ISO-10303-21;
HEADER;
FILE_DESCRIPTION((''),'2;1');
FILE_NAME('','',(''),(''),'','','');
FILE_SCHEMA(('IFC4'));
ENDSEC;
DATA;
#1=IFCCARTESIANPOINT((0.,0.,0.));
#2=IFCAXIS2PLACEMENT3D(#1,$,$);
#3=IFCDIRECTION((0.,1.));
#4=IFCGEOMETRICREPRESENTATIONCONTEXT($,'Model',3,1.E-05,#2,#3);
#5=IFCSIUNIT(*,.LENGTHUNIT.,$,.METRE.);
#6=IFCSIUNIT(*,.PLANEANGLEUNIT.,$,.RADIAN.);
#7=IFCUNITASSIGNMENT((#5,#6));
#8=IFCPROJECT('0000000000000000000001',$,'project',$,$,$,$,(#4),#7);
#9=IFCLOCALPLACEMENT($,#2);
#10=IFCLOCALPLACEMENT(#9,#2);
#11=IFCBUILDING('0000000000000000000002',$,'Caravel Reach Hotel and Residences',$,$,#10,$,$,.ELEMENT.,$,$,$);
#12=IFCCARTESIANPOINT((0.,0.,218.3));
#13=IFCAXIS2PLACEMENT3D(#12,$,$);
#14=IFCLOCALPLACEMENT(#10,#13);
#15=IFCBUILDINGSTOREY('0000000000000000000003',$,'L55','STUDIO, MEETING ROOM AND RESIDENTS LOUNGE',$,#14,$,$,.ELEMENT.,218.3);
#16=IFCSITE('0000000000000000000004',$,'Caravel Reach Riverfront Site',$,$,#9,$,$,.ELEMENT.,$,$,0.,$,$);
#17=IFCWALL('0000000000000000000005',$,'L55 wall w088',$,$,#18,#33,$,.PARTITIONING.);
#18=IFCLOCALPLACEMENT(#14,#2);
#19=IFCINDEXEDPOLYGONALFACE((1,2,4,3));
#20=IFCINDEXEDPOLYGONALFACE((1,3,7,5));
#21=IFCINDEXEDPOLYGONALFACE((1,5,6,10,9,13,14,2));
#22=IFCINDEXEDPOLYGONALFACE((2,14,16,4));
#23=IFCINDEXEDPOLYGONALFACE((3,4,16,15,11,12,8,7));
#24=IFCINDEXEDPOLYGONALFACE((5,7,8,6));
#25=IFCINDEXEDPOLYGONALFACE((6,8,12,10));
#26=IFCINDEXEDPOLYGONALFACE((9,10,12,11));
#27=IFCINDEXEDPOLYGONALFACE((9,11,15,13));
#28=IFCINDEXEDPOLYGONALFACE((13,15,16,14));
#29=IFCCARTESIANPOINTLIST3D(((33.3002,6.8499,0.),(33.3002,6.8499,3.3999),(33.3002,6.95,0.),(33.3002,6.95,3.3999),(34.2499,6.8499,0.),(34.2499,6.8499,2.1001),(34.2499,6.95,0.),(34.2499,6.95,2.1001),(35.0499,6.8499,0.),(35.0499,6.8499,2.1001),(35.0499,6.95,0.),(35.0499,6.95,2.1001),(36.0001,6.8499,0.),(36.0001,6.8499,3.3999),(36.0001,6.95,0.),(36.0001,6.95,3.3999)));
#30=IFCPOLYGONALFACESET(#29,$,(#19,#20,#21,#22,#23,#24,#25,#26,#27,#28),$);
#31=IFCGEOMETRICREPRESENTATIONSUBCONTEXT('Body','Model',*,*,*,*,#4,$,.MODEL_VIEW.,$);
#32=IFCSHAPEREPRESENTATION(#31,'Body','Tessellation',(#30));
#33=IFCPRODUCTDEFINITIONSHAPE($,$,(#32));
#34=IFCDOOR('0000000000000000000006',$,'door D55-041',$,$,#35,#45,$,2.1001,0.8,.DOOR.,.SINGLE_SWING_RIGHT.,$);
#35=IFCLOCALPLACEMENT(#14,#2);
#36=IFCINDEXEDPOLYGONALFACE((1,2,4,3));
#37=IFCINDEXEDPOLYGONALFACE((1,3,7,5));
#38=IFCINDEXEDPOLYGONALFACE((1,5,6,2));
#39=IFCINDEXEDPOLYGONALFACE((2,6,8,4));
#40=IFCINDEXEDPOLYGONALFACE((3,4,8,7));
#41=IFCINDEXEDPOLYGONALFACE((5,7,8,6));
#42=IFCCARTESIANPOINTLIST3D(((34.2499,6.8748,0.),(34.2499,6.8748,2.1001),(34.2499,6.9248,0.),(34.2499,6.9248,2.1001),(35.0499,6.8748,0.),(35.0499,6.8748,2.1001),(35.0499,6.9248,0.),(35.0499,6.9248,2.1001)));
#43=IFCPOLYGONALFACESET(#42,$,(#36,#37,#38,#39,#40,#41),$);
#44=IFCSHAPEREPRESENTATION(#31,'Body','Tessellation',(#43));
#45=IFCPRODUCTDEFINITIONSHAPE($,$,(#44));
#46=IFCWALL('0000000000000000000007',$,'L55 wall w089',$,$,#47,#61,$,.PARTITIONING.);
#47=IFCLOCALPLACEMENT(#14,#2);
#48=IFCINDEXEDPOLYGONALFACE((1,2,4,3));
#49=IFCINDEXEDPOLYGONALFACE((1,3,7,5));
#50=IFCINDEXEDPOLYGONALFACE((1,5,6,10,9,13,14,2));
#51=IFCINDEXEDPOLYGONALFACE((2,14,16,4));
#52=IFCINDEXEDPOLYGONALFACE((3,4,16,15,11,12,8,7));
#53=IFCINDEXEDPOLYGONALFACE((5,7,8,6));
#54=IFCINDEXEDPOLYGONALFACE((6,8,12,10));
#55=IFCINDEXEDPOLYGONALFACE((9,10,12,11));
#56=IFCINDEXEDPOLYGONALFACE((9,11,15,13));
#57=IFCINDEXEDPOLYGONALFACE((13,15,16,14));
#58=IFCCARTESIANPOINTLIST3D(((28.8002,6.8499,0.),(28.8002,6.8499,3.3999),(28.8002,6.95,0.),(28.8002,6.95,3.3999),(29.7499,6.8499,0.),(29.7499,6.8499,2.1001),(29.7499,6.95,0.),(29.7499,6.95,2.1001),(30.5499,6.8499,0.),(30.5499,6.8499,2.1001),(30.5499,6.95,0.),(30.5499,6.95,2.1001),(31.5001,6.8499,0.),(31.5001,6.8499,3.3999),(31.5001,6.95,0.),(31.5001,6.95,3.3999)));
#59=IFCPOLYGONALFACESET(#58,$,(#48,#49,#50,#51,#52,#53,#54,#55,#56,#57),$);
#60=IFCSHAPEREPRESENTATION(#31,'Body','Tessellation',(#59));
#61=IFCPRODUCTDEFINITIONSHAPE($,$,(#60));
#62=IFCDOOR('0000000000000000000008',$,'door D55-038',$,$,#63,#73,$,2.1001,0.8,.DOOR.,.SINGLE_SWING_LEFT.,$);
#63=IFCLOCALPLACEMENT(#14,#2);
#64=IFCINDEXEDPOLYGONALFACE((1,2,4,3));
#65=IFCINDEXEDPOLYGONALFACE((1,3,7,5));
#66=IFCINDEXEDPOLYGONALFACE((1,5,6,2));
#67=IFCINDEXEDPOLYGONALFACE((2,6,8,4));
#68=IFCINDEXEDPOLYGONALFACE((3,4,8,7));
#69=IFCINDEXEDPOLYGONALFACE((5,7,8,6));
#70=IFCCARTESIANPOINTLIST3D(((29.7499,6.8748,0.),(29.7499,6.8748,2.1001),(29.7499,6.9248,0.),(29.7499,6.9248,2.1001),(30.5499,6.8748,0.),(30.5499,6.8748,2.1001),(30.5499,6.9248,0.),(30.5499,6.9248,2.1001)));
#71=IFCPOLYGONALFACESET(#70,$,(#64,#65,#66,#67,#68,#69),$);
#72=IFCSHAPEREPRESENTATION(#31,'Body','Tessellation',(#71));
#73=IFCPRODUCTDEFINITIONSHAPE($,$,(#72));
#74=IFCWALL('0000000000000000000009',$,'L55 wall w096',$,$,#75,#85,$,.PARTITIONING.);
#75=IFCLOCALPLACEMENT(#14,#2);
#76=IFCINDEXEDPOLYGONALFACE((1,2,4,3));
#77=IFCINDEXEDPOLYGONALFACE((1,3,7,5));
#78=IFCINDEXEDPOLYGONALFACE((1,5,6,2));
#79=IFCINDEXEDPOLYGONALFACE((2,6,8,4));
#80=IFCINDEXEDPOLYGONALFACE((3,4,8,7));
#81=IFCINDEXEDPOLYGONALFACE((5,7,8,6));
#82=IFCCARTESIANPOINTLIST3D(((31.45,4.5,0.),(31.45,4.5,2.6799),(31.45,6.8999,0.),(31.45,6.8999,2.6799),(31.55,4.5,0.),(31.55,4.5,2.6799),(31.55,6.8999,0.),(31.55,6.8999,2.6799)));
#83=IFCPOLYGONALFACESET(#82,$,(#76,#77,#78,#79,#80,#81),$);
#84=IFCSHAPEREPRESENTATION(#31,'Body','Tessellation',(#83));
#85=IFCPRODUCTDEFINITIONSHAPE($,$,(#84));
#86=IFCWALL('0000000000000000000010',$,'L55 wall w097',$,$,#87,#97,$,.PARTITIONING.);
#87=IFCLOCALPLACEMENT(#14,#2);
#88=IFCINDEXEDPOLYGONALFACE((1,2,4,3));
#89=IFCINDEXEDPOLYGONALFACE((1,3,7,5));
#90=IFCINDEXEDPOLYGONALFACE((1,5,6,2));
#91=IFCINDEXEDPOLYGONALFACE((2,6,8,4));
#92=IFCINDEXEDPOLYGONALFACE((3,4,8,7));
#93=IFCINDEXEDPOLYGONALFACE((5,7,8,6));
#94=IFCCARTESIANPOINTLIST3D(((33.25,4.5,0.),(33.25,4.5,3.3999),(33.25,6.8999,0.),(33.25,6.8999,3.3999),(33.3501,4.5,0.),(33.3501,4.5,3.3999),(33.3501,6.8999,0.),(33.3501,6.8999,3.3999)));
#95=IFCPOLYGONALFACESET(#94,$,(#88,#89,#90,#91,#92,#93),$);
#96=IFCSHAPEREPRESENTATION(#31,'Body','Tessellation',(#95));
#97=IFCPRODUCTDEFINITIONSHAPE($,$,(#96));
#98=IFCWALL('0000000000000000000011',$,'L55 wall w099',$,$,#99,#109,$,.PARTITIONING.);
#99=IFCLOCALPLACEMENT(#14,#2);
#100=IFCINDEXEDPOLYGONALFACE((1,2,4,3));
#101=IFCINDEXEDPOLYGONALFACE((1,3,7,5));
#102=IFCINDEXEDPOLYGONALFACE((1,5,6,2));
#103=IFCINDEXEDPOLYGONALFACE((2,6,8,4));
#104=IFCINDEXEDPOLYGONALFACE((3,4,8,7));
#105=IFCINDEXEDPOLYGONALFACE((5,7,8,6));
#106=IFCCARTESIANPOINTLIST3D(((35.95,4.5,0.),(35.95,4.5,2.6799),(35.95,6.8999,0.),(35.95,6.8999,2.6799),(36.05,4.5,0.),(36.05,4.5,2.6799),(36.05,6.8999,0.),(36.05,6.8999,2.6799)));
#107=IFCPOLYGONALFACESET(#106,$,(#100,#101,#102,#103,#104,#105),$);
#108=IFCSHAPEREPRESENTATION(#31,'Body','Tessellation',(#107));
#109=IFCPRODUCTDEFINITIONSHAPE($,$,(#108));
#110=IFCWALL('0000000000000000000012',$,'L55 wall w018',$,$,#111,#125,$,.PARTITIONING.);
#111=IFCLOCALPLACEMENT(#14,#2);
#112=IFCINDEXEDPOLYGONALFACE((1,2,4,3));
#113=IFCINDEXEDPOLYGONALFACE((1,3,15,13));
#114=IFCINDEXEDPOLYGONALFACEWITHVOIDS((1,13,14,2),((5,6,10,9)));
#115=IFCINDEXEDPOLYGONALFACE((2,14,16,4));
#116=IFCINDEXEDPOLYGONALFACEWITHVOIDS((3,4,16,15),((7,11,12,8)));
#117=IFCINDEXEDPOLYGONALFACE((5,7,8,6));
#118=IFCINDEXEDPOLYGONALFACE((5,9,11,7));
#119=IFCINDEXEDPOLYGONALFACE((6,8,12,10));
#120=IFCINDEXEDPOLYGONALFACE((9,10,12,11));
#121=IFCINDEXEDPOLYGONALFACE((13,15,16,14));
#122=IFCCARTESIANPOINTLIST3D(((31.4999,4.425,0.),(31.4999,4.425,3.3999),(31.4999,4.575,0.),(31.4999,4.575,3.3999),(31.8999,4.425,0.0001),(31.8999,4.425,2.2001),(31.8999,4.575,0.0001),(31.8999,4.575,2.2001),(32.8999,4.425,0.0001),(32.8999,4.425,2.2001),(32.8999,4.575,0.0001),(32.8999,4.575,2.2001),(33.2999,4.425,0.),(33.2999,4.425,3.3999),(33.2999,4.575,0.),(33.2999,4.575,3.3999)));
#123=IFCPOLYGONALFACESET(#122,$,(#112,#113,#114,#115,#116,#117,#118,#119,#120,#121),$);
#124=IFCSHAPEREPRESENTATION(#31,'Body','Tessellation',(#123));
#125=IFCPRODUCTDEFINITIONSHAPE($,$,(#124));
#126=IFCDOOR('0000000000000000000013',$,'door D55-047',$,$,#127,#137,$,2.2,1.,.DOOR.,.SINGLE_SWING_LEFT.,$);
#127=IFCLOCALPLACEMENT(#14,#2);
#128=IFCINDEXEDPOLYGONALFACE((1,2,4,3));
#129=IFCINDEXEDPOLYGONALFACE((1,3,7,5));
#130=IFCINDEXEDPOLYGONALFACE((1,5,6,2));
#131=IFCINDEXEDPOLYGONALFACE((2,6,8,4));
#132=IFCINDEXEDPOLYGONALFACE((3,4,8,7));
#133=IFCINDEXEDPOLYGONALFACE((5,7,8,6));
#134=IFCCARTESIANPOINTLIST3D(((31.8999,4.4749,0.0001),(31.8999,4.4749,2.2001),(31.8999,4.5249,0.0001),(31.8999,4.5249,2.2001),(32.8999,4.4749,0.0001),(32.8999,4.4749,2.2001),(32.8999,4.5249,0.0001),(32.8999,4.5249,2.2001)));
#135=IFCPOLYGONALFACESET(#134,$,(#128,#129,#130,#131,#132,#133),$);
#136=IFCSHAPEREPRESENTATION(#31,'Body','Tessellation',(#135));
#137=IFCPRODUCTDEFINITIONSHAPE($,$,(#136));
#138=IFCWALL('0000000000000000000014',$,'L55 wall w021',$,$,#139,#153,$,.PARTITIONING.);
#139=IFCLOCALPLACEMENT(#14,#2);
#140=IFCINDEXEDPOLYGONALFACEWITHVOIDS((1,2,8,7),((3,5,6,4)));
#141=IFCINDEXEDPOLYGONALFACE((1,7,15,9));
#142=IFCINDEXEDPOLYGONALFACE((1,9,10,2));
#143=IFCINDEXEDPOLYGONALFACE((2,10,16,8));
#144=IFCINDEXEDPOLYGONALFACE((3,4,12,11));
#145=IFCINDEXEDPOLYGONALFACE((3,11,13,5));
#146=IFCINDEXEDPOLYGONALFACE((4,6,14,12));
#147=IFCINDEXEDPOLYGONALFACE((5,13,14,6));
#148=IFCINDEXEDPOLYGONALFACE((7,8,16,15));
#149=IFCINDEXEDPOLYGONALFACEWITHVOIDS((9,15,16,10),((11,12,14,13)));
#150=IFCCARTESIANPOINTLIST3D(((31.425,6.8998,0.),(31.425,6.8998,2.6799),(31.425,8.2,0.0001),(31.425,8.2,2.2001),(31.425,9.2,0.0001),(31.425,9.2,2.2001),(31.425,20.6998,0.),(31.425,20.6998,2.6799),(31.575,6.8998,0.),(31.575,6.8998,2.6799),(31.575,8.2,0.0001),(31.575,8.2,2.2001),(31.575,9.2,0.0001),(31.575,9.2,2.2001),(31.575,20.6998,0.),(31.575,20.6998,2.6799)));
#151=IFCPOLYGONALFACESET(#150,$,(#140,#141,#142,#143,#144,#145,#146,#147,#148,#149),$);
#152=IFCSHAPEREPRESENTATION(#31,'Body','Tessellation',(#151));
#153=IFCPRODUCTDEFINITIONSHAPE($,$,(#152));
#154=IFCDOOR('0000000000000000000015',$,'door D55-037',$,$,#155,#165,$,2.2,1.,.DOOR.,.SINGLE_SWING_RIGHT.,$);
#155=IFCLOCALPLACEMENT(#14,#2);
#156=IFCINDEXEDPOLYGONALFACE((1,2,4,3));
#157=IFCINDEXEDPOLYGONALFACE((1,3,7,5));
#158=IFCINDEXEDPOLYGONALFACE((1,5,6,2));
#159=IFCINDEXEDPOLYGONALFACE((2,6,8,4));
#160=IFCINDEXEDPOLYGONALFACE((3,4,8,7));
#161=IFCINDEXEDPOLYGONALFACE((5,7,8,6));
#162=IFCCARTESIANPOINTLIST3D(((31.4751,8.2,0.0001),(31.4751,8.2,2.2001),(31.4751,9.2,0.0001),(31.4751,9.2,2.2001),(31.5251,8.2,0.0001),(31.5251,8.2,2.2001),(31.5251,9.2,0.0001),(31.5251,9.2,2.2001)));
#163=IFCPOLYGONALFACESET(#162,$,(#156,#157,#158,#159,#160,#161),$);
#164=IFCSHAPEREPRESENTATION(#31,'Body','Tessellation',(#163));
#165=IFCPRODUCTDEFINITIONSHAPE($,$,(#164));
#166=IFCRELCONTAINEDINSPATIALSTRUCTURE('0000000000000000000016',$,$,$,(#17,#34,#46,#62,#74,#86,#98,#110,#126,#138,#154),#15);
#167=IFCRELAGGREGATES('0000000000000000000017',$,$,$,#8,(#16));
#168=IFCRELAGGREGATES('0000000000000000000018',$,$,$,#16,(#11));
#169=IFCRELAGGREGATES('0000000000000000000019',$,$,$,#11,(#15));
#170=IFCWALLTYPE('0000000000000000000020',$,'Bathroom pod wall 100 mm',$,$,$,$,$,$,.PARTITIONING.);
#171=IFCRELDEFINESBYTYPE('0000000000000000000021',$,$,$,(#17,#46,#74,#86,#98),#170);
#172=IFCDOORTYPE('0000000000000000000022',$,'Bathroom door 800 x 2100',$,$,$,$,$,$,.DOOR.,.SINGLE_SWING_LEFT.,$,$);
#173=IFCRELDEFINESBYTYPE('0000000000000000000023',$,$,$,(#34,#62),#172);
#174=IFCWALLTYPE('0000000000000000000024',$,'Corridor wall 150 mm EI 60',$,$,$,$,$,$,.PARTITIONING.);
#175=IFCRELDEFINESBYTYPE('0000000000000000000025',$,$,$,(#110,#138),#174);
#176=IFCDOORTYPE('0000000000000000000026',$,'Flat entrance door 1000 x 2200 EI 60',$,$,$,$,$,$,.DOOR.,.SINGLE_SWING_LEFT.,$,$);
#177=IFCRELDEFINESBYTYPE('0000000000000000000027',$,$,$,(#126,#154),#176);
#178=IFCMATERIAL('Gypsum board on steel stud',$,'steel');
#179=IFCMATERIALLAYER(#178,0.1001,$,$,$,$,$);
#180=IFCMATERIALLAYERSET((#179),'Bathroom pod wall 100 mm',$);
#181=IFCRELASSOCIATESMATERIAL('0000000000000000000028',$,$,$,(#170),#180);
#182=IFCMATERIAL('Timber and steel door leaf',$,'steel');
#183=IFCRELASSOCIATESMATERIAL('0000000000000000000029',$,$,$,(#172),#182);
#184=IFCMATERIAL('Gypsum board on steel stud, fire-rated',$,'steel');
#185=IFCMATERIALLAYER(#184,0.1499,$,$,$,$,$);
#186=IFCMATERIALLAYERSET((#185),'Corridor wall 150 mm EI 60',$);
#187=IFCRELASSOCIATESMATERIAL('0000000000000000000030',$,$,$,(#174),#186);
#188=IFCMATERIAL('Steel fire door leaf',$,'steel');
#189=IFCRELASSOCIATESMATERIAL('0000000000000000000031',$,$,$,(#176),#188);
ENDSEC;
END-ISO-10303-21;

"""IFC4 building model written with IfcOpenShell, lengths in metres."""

from ifc_helpers import new_model, si_unit, direction, frame, frame_2d, origin, place, context, subcontext, project, spatial, rectangle, extrude, material, layer, layer_set, type_object, element, fill, save


model = new_model("IFC4")

# Units and contexts
model_context = context("Model", 3, precision=1e-05, world=origin(), true_north=direction((0.0, 1.0)))
body_context = subcontext(model_context, "Body", "Model", "MODEL_VIEW")
ifc_project = project(units=[si_unit("LENGTHUNIT", "METRE"), si_unit("PLANEANGLEUNIT", "RADIAN")], contexts=[model_context])

# Site, building, storey
site_placement = place(None, origin())
site = spatial("IfcSite", under=ifc_project, at=site_placement, Name="Caravel Reach Riverfront Site", CompositionType="ELEMENT", RefElevation=0.0)
building_placement = place(site_placement, origin())
building = spatial("IfcBuilding", under=site, at=building_placement, Name="Caravel Reach Hotel and Residences", CompositionType="ELEMENT")
storey_placement = place(building_placement, frame((0.0, 0.0, 218.3)))
storey = spatial("IfcBuildingStorey", under=building, at=storey_placement, Name="L55", Description="STUDIO, MEETING ROOM AND RESIDENTS LOUNGE", CompositionType="ELEMENT", Elevation=218.3)

# Shared definitions
ifc_material_1 = material(Name="Gypsum board on steel stud", Category="steel")
ifc_layer_1 = layer(ifc_material_1, 0.1001)
ifc_layer_set_1 = layer_set([ifc_layer_1], Name="Bathroom pod wall 100 mm")
wall_type_1 = type_object("IfcWallType", Name="Bathroom pod wall 100 mm", PredefinedType="PARTITIONING", material=ifc_layer_set_1)

# Walls, openings, doors
wall_1_placement = place(storey_placement, frame((33.3, 6.8999, 0.0), z_axis=(0.0, 0.0, 1.0), x_axis=(1.0, 0.0, 0.0)))
wall_1 = element("IfcWall", 1, at=wall_1_placement, inside=storey, type_object=wall_type_1, Name="L55 wall w088", PredefinedType="PARTITIONING", context=body_context, shape_type="SweptSolid", body=[
    extrude(rectangle(XDim=2.7, YDim=0.1001, at=frame_2d((1.3501, 0.0))), origin(), (0.0, 0.0, 1.0), 3.3999),
])
opening_1_placement = place(wall_1_placement, frame((0.95, 0.0, 0.0)))
opening_1 = element("IfcOpeningElement", 2, at=opening_1_placement, cuts=wall_1, PredefinedType="OPENING", context=body_context, shape_type="SweptSolid", body=[
    extrude(rectangle(XDim=0.8, YDim=2.1001, at=frame_2d((0.3999, 1.05))), frame((0.0, 0.0601, 0.0), z_axis=(0.0, -1.0, 0.0), x_axis=(1.0, 0.0, 0.0)), (0.0, 0.0, 1.0), 0.1201),
])
ifc_material_2 = material(Name="Timber and steel door leaf", Category="steel")
door_type_1 = type_object("IfcDoorType", Name="Bathroom door 800 x 2100", OperationType="SINGLE_SWING_LEFT", PredefinedType="DOOR", material=ifc_material_2)
door_1_placement = place(opening_1_placement, origin())
door_1 = element("IfcDoor", 3, at=door_1_placement, inside=storey, type_object=door_type_1, Name="door D55-041", OperationType="SINGLE_SWING_RIGHT", OverallHeight=2.1001, OverallWidth=0.8, PredefinedType="DOOR", context=body_context, shape_type="SweptSolid", body=[
    extrude(rectangle(XDim=0.8, YDim=2.1001, at=frame_2d((0.3999, 1.05))), frame((0.0, 0.0249, 0.0), z_axis=(0.0, -1.0, 0.0), x_axis=(1.0, 0.0, 0.0)), (0.0, 0.0, 1.0), 0.05),
])
fill(opening_1, door_1)
wall_2_placement = place(storey_placement, frame((28.8, 6.8999, 0.0), z_axis=(0.0, 0.0, 1.0), x_axis=(1.0, 0.0, 0.0)))
wall_2 = element("IfcWall", 4, at=wall_2_placement, inside=storey, type_object=wall_type_1, Name="L55 wall w089", PredefinedType="PARTITIONING", context=body_context, shape_type="SweptSolid", body=[
    extrude(rectangle(XDim=2.7, YDim=0.1001, at=frame_2d((1.3501, 0.0))), origin(), (0.0, 0.0, 1.0), 3.3999),
])
opening_2_placement = place(wall_2_placement, frame((0.95, 0.0, 0.0)))
opening_2 = element("IfcOpeningElement", 5, at=opening_2_placement, cuts=wall_2, PredefinedType="OPENING", context=body_context, shape_type="SweptSolid", body=[
    extrude(rectangle(XDim=0.8, YDim=2.1001, at=frame_2d((0.3999, 1.05))), frame((0.0, 0.0601, 0.0), z_axis=(0.0, -1.0, 0.0), x_axis=(1.0, 0.0, 0.0)), (0.0, 0.0, 1.0), 0.1201),
])
door_2_placement = place(opening_2_placement, origin())
door_2 = element("IfcDoor", 6, at=door_2_placement, inside=storey, type_object=door_type_1, Name="door D55-038", OperationType="SINGLE_SWING_LEFT", OverallHeight=2.1001, OverallWidth=0.8, PredefinedType="DOOR", context=body_context, shape_type="SweptSolid", body=[
    extrude(rectangle(XDim=0.8, YDim=2.1001, at=frame_2d((0.3999, 1.05))), frame((0.0, 0.0249, 0.0), z_axis=(0.0, -1.0, 0.0), x_axis=(1.0, 0.0, 0.0)), (0.0, 0.0, 1.0), 0.05),
])
fill(opening_2, door_2)

# Walls
wall_3_placement = place(storey_placement, frame((31.5, 4.5, 0.0), z_axis=(0.0, 0.0, 1.0), x_axis=(0.0, 1.0, 0.0)))
element("IfcWall", 7, at=wall_3_placement, inside=storey, type_object=wall_type_1, Name="L55 wall w096", PredefinedType="PARTITIONING", context=body_context, shape_type="SweptSolid", body=[
    extrude(rectangle(XDim=2.3999, YDim=0.1001, at=frame_2d((1.2, 0.0))), origin(), (0.0, 0.0, 1.0), 2.6799),
])
wall_4_placement = place(storey_placement, frame((33.3, 4.5, 0.0), z_axis=(0.0, 0.0, 1.0), x_axis=(0.0, 1.0, 0.0)))
element("IfcWall", 8, at=wall_4_placement, inside=storey, type_object=wall_type_1, Name="L55 wall w097", PredefinedType="PARTITIONING", context=body_context, shape_type="SweptSolid", body=[
    extrude(rectangle(XDim=2.3999, YDim=0.1001, at=frame_2d((1.2, 0.0))), origin(), (0.0, 0.0, 1.0), 3.3999),
])
wall_5_placement = place(storey_placement, frame((36.0, 4.5, 0.0), z_axis=(0.0, 0.0, 1.0), x_axis=(0.0, 1.0, 0.0)))
element("IfcWall", 9, at=wall_5_placement, inside=storey, type_object=wall_type_1, Name="L55 wall w099", PredefinedType="PARTITIONING", context=body_context, shape_type="SweptSolid", body=[
    extrude(rectangle(XDim=2.3999, YDim=0.1001, at=frame_2d((1.2, 0.0))), origin(), (0.0, 0.0, 1.0), 2.6799),
])

# Walls, openings, doors
ifc_material_3 = material(Name="Gypsum board on steel stud, fire-rated", Category="steel")
ifc_layer_2 = layer(ifc_material_3, 0.1499)
ifc_layer_set_2 = layer_set([ifc_layer_2], Name="Corridor wall 150 mm EI 60")
wall_type_2 = type_object("IfcWallType", Name="Corridor wall 150 mm EI 60", PredefinedType="PARTITIONING", material=ifc_layer_set_2)
wall_6_placement = place(storey_placement, frame((31.5, 4.5, 0.0), z_axis=(0.0, 0.0, 1.0), x_axis=(1.0, 0.0, 0.0)))
wall_6 = element("IfcWall", 10, at=wall_6_placement, inside=storey, type_object=wall_type_2, Name="L55 wall w018", PredefinedType="PARTITIONING", context=body_context, shape_type="SweptSolid", body=[
    extrude(rectangle(XDim=1.8, YDim=0.1499, at=frame_2d((0.8999, 0.0))), origin(), (0.0, 0.0, 1.0), 3.3999),
])
opening_3_placement = place(wall_6_placement, frame((0.3999, 0.0, 0.0)))
opening_3 = element("IfcOpeningElement", 11, at=opening_3_placement, cuts=wall_6, PredefinedType="OPENING", context=body_context, shape_type="SweptSolid", body=[
    extrude(rectangle(XDim=1.0, YDim=2.2, at=frame_2d((0.5, 1.1001))), frame((0.0, 0.085, 0.0), z_axis=(0.0, -1.0, 0.0), x_axis=(1.0, 0.0, 0.0)), (0.0, 0.0, 1.0), 0.1699),
])
ifc_material_4 = material(Name="Steel fire door leaf", Category="steel")
door_type_2 = type_object("IfcDoorType", Name="Flat entrance door 1000 x 2200 EI 60", OperationType="SINGLE_SWING_LEFT", PredefinedType="DOOR", material=ifc_material_4)
door_3_placement = place(opening_3_placement, origin())
door_3 = element("IfcDoor", 12, at=door_3_placement, inside=storey, type_object=door_type_2, Name="door D55-047", OperationType="SINGLE_SWING_LEFT", OverallHeight=2.2, OverallWidth=1.0, PredefinedType="DOOR", context=body_context, shape_type="SweptSolid", body=[
    extrude(rectangle(XDim=1.0, YDim=2.2, at=frame_2d((0.5, 1.1001))), frame((0.0, 0.0249, 0.0), z_axis=(0.0, -1.0, 0.0), x_axis=(1.0, 0.0, 0.0)), (0.0, 0.0, 1.0), 0.05),
])
fill(opening_3, door_3)
wall_7_placement = place(storey_placement, frame((31.5, 6.8999, 0.0), z_axis=(0.0, 0.0, 1.0), x_axis=(0.0, 1.0, 0.0)))
wall_7 = element("IfcWall", 13, at=wall_7_placement, inside=storey, type_object=wall_type_2, Name="L55 wall w021", PredefinedType="PARTITIONING", context=body_context, shape_type="SweptSolid", body=[
    extrude(rectangle(XDim=13.8, YDim=0.1499, at=frame_2d((6.8999, 0.0))), origin(), (0.0, 0.0, 1.0), 2.6799),
])
opening_4_placement = place(wall_7_placement, frame((1.3, 0.0, 0.0)))
opening_4 = element("IfcOpeningElement", 14, at=opening_4_placement, cuts=wall_7, PredefinedType="OPENING", context=body_context, shape_type="SweptSolid", body=[
    extrude(rectangle(XDim=1.0, YDim=2.2, at=frame_2d((0.5, 1.1001))), frame((0.0, 0.085, 0.0), z_axis=(0.0, -1.0, 0.0), x_axis=(1.0, 0.0, 0.0)), (0.0, 0.0, 1.0), 0.1699),
])
door_4_placement = place(opening_4_placement, origin())
door_4 = element("IfcDoor", 15, at=door_4_placement, inside=storey, type_object=door_type_2, Name="door D55-037", OperationType="SINGLE_SWING_RIGHT", OverallHeight=2.2, OverallWidth=1.0, PredefinedType="DOOR", context=body_context, shape_type="SweptSolid", body=[
    extrude(rectangle(XDim=1.0, YDim=2.2, at=frame_2d((0.5, 1.1001))), frame((0.0, 0.0249, 0.0), z_axis=(0.0, -1.0, 0.0), x_axis=(1.0, 0.0, 0.0)), (0.0, 0.0, 1.0), 0.05),
])
fill(opening_4, door_4)

save(model, "model.ifc")
